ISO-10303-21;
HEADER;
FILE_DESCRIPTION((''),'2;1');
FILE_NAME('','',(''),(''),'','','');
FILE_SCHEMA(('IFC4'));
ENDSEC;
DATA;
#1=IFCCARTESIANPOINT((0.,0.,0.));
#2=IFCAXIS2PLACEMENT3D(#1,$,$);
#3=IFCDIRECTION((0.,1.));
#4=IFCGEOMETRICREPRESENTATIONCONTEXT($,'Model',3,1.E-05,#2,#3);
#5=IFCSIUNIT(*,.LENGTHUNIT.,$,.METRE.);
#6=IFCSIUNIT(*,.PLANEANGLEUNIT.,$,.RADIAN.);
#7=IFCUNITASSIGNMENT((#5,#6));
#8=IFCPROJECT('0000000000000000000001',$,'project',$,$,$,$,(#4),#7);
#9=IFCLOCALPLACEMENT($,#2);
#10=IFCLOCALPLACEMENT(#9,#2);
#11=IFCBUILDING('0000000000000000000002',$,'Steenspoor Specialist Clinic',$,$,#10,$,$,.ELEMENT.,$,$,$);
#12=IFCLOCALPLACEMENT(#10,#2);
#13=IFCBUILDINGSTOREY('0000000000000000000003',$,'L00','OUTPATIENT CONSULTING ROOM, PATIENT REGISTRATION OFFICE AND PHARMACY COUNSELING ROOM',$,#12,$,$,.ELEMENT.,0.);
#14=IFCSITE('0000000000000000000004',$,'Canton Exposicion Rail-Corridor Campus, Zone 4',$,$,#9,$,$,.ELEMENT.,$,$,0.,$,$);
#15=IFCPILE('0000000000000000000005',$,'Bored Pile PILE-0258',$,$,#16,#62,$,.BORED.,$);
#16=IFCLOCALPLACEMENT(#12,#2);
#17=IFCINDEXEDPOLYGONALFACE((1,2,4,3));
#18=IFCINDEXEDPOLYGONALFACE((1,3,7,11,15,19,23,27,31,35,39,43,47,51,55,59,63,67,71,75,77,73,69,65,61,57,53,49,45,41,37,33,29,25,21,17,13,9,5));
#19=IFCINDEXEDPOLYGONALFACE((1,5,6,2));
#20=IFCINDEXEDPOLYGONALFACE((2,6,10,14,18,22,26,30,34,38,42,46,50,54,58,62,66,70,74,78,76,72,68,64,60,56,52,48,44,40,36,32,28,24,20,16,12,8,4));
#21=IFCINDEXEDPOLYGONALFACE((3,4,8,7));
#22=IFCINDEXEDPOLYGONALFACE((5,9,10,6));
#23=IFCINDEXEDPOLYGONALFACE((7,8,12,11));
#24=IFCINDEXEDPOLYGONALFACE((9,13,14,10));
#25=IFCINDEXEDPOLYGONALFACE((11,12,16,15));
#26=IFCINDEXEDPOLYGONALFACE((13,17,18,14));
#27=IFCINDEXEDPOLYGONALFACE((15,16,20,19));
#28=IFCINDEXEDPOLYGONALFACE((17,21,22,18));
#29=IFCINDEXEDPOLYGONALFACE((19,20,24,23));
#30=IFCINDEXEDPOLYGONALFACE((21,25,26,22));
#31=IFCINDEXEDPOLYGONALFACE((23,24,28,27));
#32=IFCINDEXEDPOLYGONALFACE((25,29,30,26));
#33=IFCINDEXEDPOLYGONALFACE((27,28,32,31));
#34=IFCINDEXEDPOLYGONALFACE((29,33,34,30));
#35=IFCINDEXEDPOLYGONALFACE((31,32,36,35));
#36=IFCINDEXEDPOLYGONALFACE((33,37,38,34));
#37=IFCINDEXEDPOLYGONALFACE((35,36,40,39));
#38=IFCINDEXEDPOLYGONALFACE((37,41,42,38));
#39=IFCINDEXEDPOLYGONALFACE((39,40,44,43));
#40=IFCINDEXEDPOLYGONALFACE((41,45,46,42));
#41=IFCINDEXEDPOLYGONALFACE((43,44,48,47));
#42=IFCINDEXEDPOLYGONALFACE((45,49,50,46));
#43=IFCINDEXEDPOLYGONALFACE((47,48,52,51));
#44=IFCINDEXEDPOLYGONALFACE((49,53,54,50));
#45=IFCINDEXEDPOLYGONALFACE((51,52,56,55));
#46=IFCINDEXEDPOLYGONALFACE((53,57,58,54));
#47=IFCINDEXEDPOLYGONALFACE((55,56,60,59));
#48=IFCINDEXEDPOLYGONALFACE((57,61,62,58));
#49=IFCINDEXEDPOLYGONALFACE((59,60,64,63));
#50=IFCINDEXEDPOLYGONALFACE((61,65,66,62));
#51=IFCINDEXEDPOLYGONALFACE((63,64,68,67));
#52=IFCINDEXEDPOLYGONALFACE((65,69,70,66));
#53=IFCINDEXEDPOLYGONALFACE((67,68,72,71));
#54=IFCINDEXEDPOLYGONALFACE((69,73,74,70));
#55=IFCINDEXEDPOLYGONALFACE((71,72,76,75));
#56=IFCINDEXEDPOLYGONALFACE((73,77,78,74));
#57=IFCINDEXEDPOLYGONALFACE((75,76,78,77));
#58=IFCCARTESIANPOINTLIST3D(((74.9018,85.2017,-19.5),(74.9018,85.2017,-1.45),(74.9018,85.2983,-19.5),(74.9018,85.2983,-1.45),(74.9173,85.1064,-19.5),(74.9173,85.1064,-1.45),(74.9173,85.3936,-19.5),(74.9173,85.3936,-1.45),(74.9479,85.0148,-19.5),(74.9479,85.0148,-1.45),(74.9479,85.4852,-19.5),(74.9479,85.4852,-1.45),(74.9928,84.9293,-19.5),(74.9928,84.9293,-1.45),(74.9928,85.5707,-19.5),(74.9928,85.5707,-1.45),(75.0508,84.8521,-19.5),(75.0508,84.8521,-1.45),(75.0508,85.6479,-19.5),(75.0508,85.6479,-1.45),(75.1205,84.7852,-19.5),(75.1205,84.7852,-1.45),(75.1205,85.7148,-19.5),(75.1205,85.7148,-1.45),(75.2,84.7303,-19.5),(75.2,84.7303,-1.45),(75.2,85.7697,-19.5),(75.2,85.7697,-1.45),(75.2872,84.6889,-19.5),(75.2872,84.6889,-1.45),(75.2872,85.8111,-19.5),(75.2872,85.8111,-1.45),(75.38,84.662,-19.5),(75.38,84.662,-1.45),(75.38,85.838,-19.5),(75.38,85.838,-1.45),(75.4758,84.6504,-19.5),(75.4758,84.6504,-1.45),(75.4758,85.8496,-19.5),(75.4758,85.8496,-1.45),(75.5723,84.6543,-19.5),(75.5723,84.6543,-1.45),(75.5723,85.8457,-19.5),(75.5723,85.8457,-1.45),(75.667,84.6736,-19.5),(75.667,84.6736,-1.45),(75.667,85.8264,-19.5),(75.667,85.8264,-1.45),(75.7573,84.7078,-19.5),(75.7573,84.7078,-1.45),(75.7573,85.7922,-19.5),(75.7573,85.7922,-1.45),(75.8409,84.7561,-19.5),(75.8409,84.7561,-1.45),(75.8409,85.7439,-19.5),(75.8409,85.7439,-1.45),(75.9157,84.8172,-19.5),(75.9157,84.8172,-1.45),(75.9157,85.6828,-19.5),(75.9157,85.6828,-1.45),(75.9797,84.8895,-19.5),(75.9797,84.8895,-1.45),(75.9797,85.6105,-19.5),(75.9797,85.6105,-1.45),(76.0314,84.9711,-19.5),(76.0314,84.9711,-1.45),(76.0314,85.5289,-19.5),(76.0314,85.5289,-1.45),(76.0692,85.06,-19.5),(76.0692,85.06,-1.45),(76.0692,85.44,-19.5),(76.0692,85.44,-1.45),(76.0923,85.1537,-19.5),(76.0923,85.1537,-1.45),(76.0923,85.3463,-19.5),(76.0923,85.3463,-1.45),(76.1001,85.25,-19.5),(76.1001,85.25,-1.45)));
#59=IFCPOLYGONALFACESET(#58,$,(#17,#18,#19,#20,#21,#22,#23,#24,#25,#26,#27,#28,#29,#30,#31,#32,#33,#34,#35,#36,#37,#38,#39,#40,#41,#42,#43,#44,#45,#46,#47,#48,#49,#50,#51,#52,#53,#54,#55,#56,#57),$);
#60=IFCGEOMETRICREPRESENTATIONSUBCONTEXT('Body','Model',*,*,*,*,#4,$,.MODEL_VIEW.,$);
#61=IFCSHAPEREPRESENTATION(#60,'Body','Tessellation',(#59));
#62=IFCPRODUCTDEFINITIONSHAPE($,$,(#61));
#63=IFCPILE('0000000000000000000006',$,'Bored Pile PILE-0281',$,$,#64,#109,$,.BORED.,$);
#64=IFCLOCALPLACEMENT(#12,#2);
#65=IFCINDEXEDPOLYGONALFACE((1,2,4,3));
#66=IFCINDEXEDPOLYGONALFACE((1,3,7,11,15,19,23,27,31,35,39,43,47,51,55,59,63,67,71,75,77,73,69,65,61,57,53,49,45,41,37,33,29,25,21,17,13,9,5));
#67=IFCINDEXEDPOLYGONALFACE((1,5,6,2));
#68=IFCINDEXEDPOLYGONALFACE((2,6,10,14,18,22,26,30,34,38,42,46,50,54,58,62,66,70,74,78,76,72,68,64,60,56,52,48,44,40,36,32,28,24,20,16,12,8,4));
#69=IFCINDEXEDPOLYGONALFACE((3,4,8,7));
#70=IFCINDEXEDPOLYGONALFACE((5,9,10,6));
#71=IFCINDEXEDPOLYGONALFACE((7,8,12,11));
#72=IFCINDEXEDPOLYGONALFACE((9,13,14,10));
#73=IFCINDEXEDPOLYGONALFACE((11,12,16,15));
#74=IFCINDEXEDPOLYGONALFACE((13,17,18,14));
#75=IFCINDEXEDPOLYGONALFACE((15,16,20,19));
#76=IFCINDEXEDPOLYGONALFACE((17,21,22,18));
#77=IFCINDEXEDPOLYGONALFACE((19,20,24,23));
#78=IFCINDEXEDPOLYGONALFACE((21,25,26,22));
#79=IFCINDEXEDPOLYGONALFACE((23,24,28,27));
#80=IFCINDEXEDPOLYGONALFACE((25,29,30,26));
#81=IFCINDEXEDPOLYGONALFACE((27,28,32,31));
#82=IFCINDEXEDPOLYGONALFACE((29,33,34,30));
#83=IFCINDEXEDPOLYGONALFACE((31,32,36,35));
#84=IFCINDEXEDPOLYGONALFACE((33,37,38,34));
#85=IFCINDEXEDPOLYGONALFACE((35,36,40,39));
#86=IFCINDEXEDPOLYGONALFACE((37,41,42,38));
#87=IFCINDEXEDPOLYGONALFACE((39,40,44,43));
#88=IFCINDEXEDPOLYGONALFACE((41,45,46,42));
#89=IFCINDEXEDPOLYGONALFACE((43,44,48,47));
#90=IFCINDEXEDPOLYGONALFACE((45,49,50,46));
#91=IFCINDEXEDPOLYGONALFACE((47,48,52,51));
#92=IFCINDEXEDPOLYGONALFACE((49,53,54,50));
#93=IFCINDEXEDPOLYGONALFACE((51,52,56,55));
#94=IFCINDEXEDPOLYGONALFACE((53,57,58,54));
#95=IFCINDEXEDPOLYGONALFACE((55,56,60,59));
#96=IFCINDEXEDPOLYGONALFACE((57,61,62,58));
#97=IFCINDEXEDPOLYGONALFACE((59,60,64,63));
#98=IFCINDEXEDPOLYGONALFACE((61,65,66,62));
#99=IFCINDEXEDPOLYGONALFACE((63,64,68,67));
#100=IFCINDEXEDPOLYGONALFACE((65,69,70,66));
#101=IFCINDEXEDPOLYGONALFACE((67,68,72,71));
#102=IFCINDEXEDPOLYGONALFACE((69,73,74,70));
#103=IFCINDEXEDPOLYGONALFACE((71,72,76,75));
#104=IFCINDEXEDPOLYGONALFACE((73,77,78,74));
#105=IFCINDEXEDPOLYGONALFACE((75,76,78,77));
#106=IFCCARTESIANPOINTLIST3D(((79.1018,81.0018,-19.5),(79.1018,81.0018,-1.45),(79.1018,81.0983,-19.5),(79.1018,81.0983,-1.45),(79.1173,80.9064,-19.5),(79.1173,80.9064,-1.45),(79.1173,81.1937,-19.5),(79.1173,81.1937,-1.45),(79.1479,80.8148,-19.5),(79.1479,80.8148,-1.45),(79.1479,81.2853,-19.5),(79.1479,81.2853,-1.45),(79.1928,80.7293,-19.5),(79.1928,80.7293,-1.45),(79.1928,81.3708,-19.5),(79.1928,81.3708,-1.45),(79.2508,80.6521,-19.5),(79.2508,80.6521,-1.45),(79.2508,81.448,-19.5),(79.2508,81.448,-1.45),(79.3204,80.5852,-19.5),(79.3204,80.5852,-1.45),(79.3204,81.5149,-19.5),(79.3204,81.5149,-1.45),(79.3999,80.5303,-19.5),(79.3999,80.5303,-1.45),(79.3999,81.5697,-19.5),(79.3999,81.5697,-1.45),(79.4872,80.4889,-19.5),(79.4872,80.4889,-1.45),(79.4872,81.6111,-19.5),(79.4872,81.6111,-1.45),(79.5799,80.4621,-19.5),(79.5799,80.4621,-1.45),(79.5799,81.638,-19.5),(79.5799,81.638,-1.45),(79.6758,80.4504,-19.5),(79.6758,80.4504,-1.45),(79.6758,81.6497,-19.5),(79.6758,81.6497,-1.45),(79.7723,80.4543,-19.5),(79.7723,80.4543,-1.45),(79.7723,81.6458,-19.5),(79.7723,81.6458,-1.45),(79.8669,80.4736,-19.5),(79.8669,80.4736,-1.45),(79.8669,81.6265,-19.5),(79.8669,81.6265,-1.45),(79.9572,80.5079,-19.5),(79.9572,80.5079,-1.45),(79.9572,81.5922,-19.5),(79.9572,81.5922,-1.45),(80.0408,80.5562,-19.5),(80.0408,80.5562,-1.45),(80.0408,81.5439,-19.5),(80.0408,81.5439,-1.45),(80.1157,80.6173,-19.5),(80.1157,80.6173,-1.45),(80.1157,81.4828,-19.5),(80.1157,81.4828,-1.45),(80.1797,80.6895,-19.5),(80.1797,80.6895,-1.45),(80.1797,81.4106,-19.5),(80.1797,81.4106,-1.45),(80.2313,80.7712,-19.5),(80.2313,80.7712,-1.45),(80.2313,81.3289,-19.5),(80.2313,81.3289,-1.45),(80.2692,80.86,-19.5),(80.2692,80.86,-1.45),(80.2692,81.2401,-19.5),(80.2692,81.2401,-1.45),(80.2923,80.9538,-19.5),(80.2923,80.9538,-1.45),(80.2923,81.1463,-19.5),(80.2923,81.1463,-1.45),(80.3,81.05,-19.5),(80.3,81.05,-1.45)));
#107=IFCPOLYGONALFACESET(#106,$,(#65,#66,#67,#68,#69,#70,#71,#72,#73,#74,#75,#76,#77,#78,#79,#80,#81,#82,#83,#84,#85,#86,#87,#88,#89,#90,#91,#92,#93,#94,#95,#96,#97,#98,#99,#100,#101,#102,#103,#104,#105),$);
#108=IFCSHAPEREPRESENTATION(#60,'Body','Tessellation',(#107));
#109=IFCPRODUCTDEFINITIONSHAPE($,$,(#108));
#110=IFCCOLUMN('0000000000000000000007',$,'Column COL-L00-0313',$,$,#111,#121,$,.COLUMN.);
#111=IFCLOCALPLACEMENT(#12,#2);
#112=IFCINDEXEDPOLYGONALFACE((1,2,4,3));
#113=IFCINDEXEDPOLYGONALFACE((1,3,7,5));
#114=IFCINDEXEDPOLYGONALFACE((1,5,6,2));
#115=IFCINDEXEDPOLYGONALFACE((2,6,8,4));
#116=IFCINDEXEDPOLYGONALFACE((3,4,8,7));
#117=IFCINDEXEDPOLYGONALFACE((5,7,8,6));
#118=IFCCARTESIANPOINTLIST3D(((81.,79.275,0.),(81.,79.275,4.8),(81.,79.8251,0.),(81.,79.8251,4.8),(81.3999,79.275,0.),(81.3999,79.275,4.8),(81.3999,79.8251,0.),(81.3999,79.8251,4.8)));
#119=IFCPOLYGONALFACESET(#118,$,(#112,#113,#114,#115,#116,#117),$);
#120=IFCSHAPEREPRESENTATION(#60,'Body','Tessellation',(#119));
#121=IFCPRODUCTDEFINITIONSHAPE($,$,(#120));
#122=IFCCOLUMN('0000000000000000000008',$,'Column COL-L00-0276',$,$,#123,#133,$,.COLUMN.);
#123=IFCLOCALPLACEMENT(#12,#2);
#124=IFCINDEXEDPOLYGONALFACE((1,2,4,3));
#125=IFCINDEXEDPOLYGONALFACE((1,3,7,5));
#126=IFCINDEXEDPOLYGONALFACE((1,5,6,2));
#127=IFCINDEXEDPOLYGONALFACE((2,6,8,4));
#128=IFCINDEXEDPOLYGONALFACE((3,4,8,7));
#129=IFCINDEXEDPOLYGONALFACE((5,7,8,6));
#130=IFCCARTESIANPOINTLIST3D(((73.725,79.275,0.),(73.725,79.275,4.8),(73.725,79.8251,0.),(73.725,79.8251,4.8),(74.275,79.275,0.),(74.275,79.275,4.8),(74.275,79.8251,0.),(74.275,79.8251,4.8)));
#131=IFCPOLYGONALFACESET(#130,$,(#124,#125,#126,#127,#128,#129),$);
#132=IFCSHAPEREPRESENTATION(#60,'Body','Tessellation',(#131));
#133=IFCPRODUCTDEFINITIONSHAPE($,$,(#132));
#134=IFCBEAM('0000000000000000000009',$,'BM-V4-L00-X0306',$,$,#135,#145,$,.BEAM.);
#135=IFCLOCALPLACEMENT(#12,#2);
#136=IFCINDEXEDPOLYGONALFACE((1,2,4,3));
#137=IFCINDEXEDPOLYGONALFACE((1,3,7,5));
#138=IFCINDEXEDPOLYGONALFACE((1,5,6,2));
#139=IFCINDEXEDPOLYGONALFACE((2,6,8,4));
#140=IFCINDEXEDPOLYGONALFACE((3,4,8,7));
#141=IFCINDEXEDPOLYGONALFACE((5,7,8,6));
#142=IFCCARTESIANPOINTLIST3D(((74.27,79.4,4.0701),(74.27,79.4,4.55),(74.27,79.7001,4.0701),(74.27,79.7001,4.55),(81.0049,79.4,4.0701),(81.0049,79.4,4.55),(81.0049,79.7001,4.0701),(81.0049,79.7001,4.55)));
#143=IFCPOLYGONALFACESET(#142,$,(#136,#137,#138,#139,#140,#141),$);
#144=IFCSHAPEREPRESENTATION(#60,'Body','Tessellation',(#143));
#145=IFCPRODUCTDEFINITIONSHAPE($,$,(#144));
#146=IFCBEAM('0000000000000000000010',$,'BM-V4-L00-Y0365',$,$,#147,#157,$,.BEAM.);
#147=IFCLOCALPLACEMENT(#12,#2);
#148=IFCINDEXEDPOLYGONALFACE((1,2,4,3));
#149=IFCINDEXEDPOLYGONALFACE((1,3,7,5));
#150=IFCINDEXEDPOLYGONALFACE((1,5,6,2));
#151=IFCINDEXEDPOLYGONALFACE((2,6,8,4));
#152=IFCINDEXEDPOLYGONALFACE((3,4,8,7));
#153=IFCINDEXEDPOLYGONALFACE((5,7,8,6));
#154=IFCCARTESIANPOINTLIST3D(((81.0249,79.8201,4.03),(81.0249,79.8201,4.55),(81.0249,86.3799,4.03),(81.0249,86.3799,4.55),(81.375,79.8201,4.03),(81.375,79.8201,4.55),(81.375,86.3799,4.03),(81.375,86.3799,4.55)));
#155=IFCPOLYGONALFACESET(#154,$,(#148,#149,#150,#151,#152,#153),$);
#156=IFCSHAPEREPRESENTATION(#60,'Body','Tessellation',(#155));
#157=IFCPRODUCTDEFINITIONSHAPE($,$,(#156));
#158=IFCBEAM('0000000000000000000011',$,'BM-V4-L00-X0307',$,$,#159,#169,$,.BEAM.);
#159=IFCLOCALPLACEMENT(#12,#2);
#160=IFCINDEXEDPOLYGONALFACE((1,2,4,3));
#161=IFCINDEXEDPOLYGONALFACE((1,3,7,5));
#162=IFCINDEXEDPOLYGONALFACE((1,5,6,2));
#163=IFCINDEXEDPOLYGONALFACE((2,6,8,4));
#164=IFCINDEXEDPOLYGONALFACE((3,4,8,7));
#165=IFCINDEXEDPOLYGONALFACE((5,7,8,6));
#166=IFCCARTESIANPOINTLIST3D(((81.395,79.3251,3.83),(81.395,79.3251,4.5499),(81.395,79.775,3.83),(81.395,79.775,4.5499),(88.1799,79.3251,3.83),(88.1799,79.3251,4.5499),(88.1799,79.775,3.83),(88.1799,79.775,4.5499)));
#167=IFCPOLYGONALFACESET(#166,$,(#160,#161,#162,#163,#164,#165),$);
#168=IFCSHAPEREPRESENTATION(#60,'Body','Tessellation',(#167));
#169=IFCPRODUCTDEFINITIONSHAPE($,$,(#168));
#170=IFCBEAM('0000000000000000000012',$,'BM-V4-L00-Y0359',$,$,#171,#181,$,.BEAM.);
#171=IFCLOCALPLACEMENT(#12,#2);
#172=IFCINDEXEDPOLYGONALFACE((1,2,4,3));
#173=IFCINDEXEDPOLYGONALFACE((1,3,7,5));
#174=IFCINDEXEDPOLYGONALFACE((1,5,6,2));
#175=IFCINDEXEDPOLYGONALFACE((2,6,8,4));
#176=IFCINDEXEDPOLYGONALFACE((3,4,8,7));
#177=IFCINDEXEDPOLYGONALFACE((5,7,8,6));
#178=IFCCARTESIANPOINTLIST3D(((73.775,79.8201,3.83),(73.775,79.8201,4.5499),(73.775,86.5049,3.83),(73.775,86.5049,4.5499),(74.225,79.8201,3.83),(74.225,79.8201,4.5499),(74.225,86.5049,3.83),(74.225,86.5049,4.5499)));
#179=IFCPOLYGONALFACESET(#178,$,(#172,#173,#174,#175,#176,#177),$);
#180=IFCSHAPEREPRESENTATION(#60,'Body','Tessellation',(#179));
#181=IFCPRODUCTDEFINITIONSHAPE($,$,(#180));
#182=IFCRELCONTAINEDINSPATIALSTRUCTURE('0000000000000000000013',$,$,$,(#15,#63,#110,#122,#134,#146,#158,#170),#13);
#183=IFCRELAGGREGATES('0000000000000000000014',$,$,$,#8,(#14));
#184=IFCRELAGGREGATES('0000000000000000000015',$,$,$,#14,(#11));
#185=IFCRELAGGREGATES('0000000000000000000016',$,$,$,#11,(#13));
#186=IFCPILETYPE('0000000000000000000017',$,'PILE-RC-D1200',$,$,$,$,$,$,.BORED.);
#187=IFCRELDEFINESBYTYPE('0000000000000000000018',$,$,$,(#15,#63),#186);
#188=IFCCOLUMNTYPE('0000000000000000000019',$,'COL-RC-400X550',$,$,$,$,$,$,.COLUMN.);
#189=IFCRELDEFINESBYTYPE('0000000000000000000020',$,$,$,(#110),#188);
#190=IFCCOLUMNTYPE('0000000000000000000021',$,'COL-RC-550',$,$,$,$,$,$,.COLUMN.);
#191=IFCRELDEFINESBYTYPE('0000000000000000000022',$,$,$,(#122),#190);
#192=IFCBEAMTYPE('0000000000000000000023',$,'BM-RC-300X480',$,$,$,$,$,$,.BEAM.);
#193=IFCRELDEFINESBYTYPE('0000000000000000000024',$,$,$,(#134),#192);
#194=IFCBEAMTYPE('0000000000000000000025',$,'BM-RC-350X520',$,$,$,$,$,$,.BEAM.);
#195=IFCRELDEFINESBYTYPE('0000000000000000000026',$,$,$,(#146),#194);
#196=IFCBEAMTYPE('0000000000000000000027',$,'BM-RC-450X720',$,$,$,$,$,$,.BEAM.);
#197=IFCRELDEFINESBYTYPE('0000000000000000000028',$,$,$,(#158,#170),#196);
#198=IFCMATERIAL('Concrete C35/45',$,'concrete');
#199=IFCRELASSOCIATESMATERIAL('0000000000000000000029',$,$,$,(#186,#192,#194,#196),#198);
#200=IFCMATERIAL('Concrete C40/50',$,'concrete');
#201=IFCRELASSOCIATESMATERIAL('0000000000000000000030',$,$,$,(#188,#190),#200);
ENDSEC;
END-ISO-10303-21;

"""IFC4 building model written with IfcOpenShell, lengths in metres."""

from ifc_helpers import new_model, si_unit, direction, frame, origin, origin_2d, place, context, subcontext, project, spatial, rectangle, circle, extrude, material, material_profile, profile_set, type_object, element, save


model = new_model("IFC4")

# Units and contexts
model_context = context("Model", 3, precision=1e-05, world=origin(), true_north=direction((0.0, 1.0)))
body_context = subcontext(model_context, "Body", "Model", "MODEL_VIEW")
ifc_project = project(units=[si_unit("LENGTHUNIT", "METRE"), si_unit("PLANEANGLEUNIT", "RADIAN")], contexts=[model_context])

# Site, building, storey
site_placement = place(None, origin())
site = spatial("IfcSite", under=ifc_project, at=site_placement, Name="Canton Exposicion Rail-Corridor Campus, Zone 4", CompositionType="ELEMENT", RefElevation=0.0)
building_placement = place(site_placement, origin())
building = spatial("IfcBuilding", under=site, at=building_placement, Name="Steenspoor Specialist Clinic", CompositionType="ELEMENT")
storey_placement = place(building_placement, origin())
storey = spatial("IfcBuildingStorey", under=building, at=storey_placement, Name="L00", Description="OUTPATIENT CONSULTING ROOM, PATIENT REGISTRATION OFFICE AND PHARMACY COUNSELING ROOM", CompositionType="ELEMENT", Elevation=0.0)

# Shared definitions
ifc_material_1 = material(Name="Concrete C35/45", Category="concrete")

# Piles
ifc_material_profile_1 = material_profile(ifc_material_1, circle(Radius=0.6001, at=origin_2d()), Name="PILE-D1200")
ifc_profile_set_1 = profile_set([ifc_material_profile_1], Name="Concrete C35/45")
pile_type_1 = type_object("IfcPileType", Name="PILE-RC-D1200", PredefinedType="BORED", material=ifc_profile_set_1)
for number, where, z_axis, x_axis, name in (
    (1, (75.5, 85.25, -1.45), (0.0, 0.0, -1.0), (1.0, 0.0, 0.0), "Bored Pile PILE-0258"),
    (2, (79.7, 81.05, -1.45), (0.0, 0.0, -1.0), (1.0, 0.0, 0.0), "Bored Pile PILE-0281"),
):
    element("IfcPile", number, at=place(storey_placement, frame(where, z_axis=z_axis, x_axis=x_axis)), inside=storey, type_object=pile_type_1, Name=name, PredefinedType="BORED", context=body_context, shape_type="SweptSolid", body=[
        extrude(circle(Radius=0.6001, at=origin_2d()), origin(), (0.0, 0.0, 1.0), 18.05),
    ])

# Columns
ifc_material_2 = material(Name="Concrete C40/50", Category="concrete")
ifc_material_profile_2 = material_profile(ifc_material_2, rectangle(XDim=0.3999, YDim=0.55, at=origin_2d()), Name="RC-COL-400X550")
ifc_profile_set_2 = profile_set([ifc_material_profile_2], Name="Concrete C40/50")
column_type_1 = type_object("IfcColumnType", Name="COL-RC-400X550", PredefinedType="COLUMN", material=ifc_profile_set_2)
column_1_placement = place(storey_placement, frame((81.2, 79.55, 0.0), z_axis=(0.0, 0.0, 1.0), x_axis=(1.0, 0.0, 0.0)))
element("IfcColumn", 3, at=column_1_placement, inside=storey, type_object=column_type_1, Name="Column COL-L00-0313", PredefinedType="COLUMN", context=body_context, shape_type="SweptSolid", body=[
    extrude(rectangle(XDim=0.3999, YDim=0.55, at=origin_2d()), origin(), (0.0, 0.0, 1.0), 4.8),
])
ifc_material_profile_3 = material_profile(ifc_material_2, rectangle(XDim=0.55, YDim=0.55, at=origin_2d()), Name="RC-COL-550X550")
ifc_profile_set_3 = profile_set([ifc_material_profile_3], Name="Concrete C40/50")
column_type_2 = type_object("IfcColumnType", Name="COL-RC-550", PredefinedType="COLUMN", material=ifc_profile_set_3)
column_2_placement = place(storey_placement, frame((74.0, 79.55, 0.0), z_axis=(0.0, 0.0, 1.0), x_axis=(1.0, 0.0, 0.0)))
element("IfcColumn", 4, at=column_2_placement, inside=storey, type_object=column_type_2, Name="Column COL-L00-0276", PredefinedType="COLUMN", context=body_context, shape_type="SweptSolid", body=[
    extrude(rectangle(XDim=0.55, YDim=0.55, at=origin_2d()), origin(), (0.0, 0.0, 1.0), 4.8),
])

# Beams
ifc_material_profile_4 = material_profile(ifc_material_1, rectangle(XDim=0.3, YDim=0.48, at=origin_2d()), Name="RC-BM-300X480")
ifc_profile_set_4 = profile_set([ifc_material_profile_4], Name="Concrete C35/45")
beam_type_1 = type_object("IfcBeamType", Name="BM-RC-300X480", PredefinedType="BEAM", material=ifc_profile_set_4)
beam_1_placement = place(storey_placement, frame((74.27, 79.55, 4.3101), z_axis=(1.0, 0.0, 0.0), x_axis=(0.0, 1.0, 0.0)))
element("IfcBeam", 5, at=beam_1_placement, inside=storey, type_object=beam_type_1, Name="BM-V4-L00-X0306", PredefinedType="BEAM", context=body_context, shape_type="SweptSolid", body=[
    extrude(rectangle(XDim=0.3, YDim=0.48, at=origin_2d()), origin(), (0.0, 0.0, 1.0), 6.7349),
])
ifc_material_profile_5 = material_profile(ifc_material_1, rectangle(XDim=0.3501, YDim=0.52, at=origin_2d()), Name="RC-BM-350X520")
ifc_profile_set_5 = profile_set([ifc_material_profile_5], Name="Concrete C35/45")
beam_type_2 = type_object("IfcBeamType", Name="BM-RC-350X520", PredefinedType="BEAM", material=ifc_profile_set_5)
beam_2_placement = place(storey_placement, frame((81.2, 79.8201, 4.29), z_axis=(0.0, 1.0, 0.0), x_axis=(-1.0, 0.0, 0.0)))
element("IfcBeam", 6, at=beam_2_placement, inside=storey, type_object=beam_type_2, Name="BM-V4-L00-Y0365", PredefinedType="BEAM", context=body_context, shape_type="SweptSolid", body=[
    extrude(rectangle(XDim=0.3501, YDim=0.52, at=origin_2d()), origin(), (0.0, 0.0, 1.0), 6.5598),
])
ifc_material_profile_6 = material_profile(ifc_material_1, rectangle(XDim=0.45, YDim=0.72, at=origin_2d()), Name="RC-BM-450X720")
ifc_profile_set_6 = profile_set([ifc_material_profile_6], Name="Concrete C35/45")
beam_type_3 = type_object("IfcBeamType", Name="BM-RC-450X720", PredefinedType="BEAM", material=ifc_profile_set_6)
beam_3_placement = place(storey_placement, frame((81.395, 79.55, 4.1899), z_axis=(1.0, 0.0, 0.0), x_axis=(0.0, 1.0, 0.0)))
element("IfcBeam", 7, at=beam_3_placement, inside=storey, type_object=beam_type_3, Name="BM-V4-L00-X0307", PredefinedType="BEAM", context=body_context, shape_type="SweptSolid", body=[
    extrude(rectangle(XDim=0.45, YDim=0.72, at=origin_2d()), origin(), (0.0, 0.0, 1.0), 6.7849),
])
beam_4_placement = place(storey_placement, frame((74.0, 79.8201, 4.1899), z_axis=(0.0, 1.0, 0.0), x_axis=(-1.0, 0.0, 0.0)))
element("IfcBeam", 8, at=beam_4_placement, inside=storey, type_object=beam_type_3, Name="BM-V4-L00-Y0359", PredefinedType="BEAM", context=body_context, shape_type="SweptSolid", body=[
    extrude(rectangle(XDim=0.45, YDim=0.72, at=origin_2d()), origin(), (0.0, 0.0, 1.0), 6.6848),
])

save(model, "model.ifc")
